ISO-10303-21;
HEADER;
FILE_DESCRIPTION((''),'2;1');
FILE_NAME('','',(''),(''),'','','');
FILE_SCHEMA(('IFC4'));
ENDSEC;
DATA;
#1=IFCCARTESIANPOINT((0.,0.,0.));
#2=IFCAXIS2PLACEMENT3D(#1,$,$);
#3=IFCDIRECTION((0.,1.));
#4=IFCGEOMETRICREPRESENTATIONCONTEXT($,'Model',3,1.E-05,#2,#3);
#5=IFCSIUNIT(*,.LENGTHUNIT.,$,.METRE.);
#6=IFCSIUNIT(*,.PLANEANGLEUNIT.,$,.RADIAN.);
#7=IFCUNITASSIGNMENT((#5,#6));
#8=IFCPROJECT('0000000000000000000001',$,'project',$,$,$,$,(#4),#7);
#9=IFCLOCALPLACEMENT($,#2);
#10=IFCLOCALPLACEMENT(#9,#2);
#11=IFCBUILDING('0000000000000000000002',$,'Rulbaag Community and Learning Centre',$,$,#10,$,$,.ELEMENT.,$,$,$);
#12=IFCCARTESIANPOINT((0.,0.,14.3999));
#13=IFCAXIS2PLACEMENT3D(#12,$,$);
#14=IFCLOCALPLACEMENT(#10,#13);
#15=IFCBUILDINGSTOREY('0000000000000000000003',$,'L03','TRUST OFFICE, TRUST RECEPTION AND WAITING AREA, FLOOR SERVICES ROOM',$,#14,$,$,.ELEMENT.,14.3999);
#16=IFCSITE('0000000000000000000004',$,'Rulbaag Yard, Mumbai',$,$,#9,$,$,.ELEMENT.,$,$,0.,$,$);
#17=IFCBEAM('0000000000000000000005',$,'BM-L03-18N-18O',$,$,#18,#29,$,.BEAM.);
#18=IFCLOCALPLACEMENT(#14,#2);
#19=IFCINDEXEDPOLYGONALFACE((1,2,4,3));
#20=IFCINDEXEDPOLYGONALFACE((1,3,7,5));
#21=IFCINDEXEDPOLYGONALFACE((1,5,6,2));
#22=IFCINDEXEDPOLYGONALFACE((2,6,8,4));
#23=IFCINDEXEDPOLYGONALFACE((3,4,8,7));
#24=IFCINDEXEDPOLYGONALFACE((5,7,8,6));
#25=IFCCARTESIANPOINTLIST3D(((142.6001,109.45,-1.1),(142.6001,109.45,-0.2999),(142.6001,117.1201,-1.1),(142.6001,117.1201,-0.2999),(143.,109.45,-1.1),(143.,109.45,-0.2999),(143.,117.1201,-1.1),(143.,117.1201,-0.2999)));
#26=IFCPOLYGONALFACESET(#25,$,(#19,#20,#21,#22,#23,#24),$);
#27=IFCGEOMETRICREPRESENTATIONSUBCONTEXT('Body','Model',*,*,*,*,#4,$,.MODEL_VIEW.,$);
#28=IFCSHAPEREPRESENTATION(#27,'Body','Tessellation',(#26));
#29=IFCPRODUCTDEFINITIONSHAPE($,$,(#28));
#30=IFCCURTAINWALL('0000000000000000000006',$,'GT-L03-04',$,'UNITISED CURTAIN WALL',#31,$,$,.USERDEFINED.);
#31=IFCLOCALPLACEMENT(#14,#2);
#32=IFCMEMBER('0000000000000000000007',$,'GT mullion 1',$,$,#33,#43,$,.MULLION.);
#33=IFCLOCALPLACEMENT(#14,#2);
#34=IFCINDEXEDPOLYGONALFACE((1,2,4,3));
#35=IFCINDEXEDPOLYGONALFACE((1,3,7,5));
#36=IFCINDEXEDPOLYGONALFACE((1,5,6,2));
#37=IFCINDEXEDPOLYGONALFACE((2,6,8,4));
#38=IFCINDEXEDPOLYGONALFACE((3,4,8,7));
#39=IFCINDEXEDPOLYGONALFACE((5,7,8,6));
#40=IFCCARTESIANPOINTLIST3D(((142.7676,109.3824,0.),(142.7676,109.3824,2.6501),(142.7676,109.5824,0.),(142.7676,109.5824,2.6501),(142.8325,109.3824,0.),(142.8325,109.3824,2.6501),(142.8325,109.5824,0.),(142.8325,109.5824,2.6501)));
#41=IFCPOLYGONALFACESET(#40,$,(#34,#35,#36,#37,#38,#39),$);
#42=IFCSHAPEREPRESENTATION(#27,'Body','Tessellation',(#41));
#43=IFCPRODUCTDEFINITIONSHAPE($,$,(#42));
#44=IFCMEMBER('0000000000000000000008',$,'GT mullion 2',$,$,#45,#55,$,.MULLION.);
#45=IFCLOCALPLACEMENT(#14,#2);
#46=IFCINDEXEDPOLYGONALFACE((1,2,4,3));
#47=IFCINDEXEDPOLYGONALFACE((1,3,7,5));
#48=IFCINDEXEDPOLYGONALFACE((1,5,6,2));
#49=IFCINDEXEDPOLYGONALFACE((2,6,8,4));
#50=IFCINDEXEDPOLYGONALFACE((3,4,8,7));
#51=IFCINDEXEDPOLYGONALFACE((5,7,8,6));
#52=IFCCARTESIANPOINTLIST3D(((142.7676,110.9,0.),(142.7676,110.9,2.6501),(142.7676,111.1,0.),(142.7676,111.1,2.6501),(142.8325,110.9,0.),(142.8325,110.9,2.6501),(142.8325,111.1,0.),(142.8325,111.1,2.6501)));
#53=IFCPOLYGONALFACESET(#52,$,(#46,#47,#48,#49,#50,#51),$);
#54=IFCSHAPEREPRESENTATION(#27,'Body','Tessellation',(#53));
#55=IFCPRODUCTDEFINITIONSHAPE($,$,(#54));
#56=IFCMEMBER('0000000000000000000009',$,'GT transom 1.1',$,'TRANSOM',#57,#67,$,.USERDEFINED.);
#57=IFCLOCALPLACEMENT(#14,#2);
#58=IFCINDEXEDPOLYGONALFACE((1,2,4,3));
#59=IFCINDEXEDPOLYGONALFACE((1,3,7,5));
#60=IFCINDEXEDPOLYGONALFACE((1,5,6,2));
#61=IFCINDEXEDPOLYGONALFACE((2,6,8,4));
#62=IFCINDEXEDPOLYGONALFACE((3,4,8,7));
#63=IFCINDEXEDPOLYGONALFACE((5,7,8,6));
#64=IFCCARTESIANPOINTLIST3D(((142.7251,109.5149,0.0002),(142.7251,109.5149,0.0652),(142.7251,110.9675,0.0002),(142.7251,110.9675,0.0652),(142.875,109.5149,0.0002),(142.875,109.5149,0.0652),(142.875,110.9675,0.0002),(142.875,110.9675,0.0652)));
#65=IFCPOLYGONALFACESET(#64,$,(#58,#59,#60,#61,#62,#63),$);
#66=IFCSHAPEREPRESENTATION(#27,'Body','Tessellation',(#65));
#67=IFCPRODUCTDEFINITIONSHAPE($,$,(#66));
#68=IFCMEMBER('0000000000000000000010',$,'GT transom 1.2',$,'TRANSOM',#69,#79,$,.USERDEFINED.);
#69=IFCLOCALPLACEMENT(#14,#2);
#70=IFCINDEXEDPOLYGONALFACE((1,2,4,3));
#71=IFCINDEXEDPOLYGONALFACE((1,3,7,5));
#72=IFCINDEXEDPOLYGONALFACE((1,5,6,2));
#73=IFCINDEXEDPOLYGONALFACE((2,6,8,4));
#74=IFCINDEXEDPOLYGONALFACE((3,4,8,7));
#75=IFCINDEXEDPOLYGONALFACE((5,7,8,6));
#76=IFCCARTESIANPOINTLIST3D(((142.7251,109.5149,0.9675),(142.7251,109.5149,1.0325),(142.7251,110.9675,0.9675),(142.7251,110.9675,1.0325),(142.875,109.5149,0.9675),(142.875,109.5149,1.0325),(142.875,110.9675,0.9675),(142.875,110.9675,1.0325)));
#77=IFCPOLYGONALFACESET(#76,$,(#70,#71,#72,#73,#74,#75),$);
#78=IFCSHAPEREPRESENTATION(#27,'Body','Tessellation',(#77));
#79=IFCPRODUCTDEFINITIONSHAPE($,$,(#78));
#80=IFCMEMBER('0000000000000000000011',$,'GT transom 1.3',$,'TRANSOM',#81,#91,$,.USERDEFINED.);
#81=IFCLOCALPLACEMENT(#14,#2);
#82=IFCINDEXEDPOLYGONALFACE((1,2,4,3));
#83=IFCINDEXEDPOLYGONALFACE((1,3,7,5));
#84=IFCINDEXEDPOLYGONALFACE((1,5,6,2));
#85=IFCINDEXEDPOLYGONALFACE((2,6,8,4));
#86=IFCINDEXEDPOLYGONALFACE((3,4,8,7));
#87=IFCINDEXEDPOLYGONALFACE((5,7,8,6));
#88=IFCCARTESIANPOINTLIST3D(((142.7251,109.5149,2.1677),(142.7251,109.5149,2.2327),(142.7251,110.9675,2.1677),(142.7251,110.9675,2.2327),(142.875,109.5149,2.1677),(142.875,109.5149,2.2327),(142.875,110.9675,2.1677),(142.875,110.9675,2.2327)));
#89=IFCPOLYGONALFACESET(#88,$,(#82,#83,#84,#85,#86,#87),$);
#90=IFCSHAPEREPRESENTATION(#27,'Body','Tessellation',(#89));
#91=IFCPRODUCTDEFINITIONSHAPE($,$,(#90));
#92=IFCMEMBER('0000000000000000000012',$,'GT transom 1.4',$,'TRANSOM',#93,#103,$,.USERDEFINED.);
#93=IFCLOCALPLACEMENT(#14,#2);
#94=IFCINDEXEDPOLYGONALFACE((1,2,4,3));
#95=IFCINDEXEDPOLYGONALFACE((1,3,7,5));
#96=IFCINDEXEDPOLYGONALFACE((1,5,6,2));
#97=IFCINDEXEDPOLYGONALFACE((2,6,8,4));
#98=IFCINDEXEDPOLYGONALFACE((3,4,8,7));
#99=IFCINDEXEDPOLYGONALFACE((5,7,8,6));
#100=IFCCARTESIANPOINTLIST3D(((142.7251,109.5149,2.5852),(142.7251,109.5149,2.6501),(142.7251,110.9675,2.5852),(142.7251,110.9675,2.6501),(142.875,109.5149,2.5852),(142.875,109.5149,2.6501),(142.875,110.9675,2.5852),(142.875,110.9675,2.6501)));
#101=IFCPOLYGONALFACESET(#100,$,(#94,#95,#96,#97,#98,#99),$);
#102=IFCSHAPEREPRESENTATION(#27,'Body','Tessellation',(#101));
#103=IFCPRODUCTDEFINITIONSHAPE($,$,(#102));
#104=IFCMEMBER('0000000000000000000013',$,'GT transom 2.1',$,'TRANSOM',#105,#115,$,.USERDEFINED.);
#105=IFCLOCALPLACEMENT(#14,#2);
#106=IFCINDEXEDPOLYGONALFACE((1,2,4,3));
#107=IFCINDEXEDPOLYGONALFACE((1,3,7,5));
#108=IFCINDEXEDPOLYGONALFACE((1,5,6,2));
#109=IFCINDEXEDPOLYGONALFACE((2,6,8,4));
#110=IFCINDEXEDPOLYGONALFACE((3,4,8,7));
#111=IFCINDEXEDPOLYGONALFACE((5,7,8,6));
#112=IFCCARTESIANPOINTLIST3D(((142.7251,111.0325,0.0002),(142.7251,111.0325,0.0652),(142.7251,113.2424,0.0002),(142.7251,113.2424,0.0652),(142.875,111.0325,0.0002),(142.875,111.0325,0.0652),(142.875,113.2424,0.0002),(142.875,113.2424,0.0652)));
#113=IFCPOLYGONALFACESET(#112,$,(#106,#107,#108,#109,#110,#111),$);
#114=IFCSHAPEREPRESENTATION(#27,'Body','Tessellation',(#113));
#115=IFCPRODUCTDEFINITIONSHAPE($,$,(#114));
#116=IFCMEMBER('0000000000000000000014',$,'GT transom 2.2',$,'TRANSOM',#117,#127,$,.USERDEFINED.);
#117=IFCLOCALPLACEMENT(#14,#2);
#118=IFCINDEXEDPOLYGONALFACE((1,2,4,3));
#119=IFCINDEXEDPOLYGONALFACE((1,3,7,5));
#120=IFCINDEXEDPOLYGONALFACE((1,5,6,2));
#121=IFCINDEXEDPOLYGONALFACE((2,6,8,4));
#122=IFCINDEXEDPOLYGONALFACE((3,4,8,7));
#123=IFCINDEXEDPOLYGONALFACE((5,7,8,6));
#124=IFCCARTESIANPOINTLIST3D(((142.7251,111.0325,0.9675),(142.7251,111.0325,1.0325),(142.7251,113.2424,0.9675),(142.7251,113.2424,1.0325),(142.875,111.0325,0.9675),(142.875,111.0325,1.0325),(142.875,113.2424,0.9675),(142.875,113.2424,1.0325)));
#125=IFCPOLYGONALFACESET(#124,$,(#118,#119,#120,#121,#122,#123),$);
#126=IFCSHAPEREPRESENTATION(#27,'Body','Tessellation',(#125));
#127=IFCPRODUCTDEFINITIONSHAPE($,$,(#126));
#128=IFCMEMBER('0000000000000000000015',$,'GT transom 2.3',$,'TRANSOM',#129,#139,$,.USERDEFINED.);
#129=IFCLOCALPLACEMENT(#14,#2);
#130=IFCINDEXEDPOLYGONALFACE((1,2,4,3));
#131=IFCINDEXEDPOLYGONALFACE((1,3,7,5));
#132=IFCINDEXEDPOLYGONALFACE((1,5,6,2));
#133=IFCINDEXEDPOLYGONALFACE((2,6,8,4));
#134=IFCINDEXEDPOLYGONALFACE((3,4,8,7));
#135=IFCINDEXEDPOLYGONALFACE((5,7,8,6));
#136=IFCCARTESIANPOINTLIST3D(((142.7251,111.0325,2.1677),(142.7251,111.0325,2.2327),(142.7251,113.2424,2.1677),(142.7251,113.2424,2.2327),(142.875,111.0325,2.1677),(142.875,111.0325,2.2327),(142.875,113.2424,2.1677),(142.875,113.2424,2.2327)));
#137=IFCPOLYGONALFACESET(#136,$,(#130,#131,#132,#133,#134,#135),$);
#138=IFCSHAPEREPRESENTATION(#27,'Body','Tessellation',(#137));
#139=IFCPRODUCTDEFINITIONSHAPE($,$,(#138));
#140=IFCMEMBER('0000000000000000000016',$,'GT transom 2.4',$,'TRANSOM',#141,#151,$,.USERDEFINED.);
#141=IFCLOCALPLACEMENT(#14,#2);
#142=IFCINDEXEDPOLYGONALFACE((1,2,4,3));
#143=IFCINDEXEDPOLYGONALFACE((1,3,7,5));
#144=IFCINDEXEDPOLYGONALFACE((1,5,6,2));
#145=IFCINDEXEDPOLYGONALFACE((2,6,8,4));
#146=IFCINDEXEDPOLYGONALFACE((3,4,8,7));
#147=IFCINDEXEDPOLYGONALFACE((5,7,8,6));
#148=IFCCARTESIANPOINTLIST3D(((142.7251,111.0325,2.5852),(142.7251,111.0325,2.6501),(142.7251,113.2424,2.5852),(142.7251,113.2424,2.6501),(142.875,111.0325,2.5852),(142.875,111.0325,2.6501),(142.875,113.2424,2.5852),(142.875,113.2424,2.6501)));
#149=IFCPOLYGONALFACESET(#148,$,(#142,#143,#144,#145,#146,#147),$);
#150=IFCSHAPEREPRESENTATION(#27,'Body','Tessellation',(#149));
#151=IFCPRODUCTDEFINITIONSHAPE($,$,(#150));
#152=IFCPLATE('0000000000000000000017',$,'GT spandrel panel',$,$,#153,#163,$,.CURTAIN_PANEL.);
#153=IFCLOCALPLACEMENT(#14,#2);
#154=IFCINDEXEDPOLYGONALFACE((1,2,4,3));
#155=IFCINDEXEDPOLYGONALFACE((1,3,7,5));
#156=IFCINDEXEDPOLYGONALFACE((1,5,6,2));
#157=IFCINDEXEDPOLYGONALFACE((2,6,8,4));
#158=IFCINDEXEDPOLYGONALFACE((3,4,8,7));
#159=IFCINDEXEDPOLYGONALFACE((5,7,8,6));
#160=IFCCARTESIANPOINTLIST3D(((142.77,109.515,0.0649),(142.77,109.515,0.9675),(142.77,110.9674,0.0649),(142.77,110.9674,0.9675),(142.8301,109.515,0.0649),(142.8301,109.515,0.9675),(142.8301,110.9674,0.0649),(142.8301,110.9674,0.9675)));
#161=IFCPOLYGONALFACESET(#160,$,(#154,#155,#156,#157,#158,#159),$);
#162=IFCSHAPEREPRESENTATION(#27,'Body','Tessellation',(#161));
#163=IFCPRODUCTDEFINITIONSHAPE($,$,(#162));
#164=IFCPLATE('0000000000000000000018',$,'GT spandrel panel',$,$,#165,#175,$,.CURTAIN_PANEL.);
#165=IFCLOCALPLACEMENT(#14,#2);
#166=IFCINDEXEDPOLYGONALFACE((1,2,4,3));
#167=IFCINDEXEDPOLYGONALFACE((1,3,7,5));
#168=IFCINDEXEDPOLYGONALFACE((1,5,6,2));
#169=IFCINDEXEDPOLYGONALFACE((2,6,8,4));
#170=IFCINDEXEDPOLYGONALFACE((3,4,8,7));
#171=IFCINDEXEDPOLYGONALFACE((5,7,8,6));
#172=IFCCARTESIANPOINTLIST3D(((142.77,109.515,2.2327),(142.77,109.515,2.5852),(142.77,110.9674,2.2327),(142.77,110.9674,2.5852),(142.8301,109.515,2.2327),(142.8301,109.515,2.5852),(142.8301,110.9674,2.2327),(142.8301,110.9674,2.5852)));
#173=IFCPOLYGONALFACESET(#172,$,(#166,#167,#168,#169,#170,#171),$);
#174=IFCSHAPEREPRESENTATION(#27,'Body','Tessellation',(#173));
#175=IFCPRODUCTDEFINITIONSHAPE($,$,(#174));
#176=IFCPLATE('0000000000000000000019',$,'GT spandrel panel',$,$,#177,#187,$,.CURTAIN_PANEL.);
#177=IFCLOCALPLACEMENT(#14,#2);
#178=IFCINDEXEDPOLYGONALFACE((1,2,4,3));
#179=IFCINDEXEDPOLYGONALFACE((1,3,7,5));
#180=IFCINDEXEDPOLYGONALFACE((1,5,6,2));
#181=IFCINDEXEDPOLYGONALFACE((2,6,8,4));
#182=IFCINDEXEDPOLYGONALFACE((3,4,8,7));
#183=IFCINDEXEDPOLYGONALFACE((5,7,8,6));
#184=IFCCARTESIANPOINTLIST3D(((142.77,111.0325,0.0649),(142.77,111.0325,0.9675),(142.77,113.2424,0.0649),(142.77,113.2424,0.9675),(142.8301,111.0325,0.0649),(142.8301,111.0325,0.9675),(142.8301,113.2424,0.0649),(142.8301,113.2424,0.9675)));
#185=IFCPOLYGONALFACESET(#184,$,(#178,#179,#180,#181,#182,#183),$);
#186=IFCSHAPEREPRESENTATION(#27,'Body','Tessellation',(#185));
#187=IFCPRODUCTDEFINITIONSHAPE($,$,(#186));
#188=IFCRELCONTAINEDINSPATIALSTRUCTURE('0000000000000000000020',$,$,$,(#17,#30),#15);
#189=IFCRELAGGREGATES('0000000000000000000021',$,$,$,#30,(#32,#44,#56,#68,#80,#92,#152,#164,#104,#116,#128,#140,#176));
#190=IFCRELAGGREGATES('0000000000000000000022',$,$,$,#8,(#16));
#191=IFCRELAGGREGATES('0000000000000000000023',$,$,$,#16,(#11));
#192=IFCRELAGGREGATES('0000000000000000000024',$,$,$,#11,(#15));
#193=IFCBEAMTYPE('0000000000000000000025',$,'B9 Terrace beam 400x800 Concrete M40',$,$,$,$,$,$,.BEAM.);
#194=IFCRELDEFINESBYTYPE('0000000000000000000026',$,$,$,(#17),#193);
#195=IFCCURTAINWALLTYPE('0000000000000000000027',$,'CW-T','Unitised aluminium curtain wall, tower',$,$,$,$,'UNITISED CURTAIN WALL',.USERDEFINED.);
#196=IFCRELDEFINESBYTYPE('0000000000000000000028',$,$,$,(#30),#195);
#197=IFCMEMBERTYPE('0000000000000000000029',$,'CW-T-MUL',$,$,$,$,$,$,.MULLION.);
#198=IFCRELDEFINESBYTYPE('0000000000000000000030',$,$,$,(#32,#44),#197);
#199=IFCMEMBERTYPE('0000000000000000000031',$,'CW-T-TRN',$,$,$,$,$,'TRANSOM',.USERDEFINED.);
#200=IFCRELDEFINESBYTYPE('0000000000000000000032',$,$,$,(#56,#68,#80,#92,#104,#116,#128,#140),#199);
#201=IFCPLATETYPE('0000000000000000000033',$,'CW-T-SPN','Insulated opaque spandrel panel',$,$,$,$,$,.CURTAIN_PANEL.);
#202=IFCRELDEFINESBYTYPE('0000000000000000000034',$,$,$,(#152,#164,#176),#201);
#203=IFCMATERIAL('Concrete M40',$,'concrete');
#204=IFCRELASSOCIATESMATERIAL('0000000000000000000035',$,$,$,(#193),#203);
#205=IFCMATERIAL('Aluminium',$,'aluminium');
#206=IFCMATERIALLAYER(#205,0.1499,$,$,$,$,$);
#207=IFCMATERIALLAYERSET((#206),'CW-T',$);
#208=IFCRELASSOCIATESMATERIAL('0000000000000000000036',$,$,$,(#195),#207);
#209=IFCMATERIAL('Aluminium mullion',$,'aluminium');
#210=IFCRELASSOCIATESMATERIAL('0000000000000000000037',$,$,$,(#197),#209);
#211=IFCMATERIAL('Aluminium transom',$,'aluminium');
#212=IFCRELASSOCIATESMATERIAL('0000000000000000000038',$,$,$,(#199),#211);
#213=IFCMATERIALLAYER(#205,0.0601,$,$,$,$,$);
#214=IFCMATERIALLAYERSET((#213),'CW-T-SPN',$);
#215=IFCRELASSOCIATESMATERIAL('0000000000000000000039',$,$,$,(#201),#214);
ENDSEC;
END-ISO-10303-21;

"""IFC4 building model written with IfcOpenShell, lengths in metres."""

from ifc_helpers import new_model, si_unit, direction, frame, origin, origin_2d, place, context, subcontext, project, spatial, rectangle, extrude, material, layer, layer_set, material_profile, profile_set, type_object, element, aggregate, save


model = new_model("IFC4")

# Units and contexts
model_context = context("Model", 3, precision=1e-05, world=origin(), true_north=direction((0.0, 1.0)))
body_context = subcontext(model_context, "Body", "Model", "MODEL_VIEW")
ifc_project = project(units=[si_unit("LENGTHUNIT", "METRE"), si_unit("PLANEANGLEUNIT", "RADIAN")], contexts=[model_context])

# Site, building, storey
site_placement = place(None, origin())
site = spatial("IfcSite", under=ifc_project, at=site_placement, Name="Rulbaag Yard, Mumbai", CompositionType="ELEMENT", RefElevation=0.0)
building_placement = place(site_placement, origin())
building = spatial("IfcBuilding", under=site, at=building_placement, Name="Rulbaag Community and Learning Centre", CompositionType="ELEMENT")
storey_placement = place(building_placement, frame((0.0, 0.0, 14.3999)))
storey = spatial("IfcBuildingStorey", under=building, at=storey_placement, Name="L03", Description="TRUST OFFICE, TRUST RECEPTION AND WAITING AREA, FLOOR SERVICES ROOM", CompositionType="ELEMENT", Elevation=14.3999)

# Beam
ifc_material_1 = material(Name="Concrete M40", Category="concrete")
ifc_material_profile_1 = material_profile(ifc_material_1, rectangle(XDim=0.3999, YDim=0.8, at=origin_2d()), Name="RB400x800")
ifc_profile_set_1 = profile_set([ifc_material_profile_1], Name="Concrete M40")
beam_type = type_object("IfcBeamType", Name="B9 Terrace beam 400x800 Concrete M40", PredefinedType="BEAM", material=ifc_profile_set_1)
beam_placement = place(storey_placement, frame((142.8, 109.45, -0.7), z_axis=(0.0, 1.0, 0.0), x_axis=(-1.0, 0.0, 0.0)))
element("IfcBeam", 1, at=beam_placement, inside=storey, type_object=beam_type, Name="BM-L03-18N-18O", PredefinedType="BEAM", context=body_context, shape_type="SweptSolid", body=[
    extrude(rectangle(XDim=0.3999, YDim=0.8, at=origin_2d()), origin(), (0.0, 0.0, 1.0), 7.6702),
])

# Curtain wall, members, plates
ifc_material_2 = material(Name="Aluminium", Category="aluminium")
ifc_layer_1 = layer(ifc_material_2, 0.1499)
ifc_layer_set_1 = layer_set([ifc_layer_1], Name="CW-T")
curtain_wall_type = type_object("IfcCurtainWallType", Name="CW-T", Description="Unitised aluminium curtain wall, tower", ElementType="UNITISED CURTAIN WALL", PredefinedType="USERDEFINED", material=ifc_layer_set_1)
curtain_wall_placement = place(storey_placement, origin())
curtain_wall = element("IfcCurtainWall", 2, at=curtain_wall_placement, inside=storey, type_object=curtain_wall_type, Name="GT-L03-04", ObjectType="UNITISED CURTAIN WALL", PredefinedType="USERDEFINED")
ifc_material_3 = material(Name="Aluminium mullion", Category="aluminium")
ifc_material_profile_2 = material_profile(ifc_material_3, rectangle(XDim=0.0649, YDim=0.2, at=origin_2d()), Name="AL 65x200")
ifc_profile_set_2 = profile_set([ifc_material_profile_2], Name="Aluminium mullion")
member_type_1 = type_object("IfcMemberType", Name="CW-T-MUL", PredefinedType="MULLION", material=ifc_profile_set_2)
member_1_placement = place(storey_placement, frame((142.8, 109.4824, 0.0), z_axis=(0.0, 0.0, 1.0), x_axis=(-1.0, 0.0, 0.0)))
member_1 = element("IfcMember", 3, at=member_1_placement, type_object=member_type_1, Name="GT mullion 1", PredefinedType="MULLION", context=body_context, shape_type="SweptSolid", body=[
    extrude(rectangle(XDim=0.0649, YDim=0.2, at=origin_2d()), origin(), (0.0, 0.0, 1.0), 2.6501),
])
member_2_placement = place(storey_placement, frame((142.8, 111.0, 0.0), z_axis=(0.0, 0.0, 1.0), x_axis=(-1.0, 0.0, 0.0)))
member_2 = element("IfcMember", 4, at=member_2_placement, type_object=member_type_1, Name="GT mullion 2", PredefinedType="MULLION", context=body_context, shape_type="SweptSolid", body=[
    extrude(rectangle(XDim=0.0649, YDim=0.2, at=origin_2d()), origin(), (0.0, 0.0, 1.0), 2.6501),
])
ifc_material_4 = material(Name="Aluminium transom", Category="aluminium")
ifc_material_profile_3 = material_profile(ifc_material_4, rectangle(XDim=0.1499, YDim=0.0649, at=origin_2d()), Name="AL 65x150 T")
ifc_profile_set_3 = profile_set([ifc_material_profile_3], Name="Aluminium transom")
member_type_2 = type_object("IfcMemberType", Name="CW-T-TRN", ElementType="TRANSOM", PredefinedType="USERDEFINED", material=ifc_profile_set_3)
member_3_placement = place(storey_placement, frame((142.8, 109.5149, 0.0327), z_axis=(0.0, 1.0, 0.0), x_axis=(-1.0, 0.0, 0.0)))
member_3 = element("IfcMember", 5, at=member_3_placement, type_object=member_type_2, Name="GT transom 1.1", ObjectType="TRANSOM", PredefinedType="USERDEFINED", context=body_context, shape_type="SweptSolid", body=[
    extrude(rectangle(XDim=0.1499, YDim=0.0649, at=origin_2d()), origin(), (0.0, 0.0, 1.0), 1.4526),
])
member_4_placement = place(storey_placement, frame((142.8, 109.5149, 1.0), z_axis=(0.0, 1.0, 0.0), x_axis=(-1.0, 0.0, 0.0)))
member_4 = element("IfcMember", 6, at=member_4_placement, type_object=member_type_2, Name="GT transom 1.2", ObjectType="TRANSOM", PredefinedType="USERDEFINED", context=body_context, shape_type="SweptSolid", body=[
    extrude(rectangle(XDim=0.1499, YDim=0.0649, at=origin_2d()), origin(), (0.0, 0.0, 1.0), 1.4526),
])
member_5_placement = place(storey_placement, frame((142.8, 109.5149, 2.2002), z_axis=(0.0, 1.0, 0.0), x_axis=(-1.0, 0.0, 0.0)))
member_5 = element("IfcMember", 7, at=member_5_placement, type_object=member_type_2, Name="GT transom 1.3", ObjectType="TRANSOM", PredefinedType="USERDEFINED", context=body_context, shape_type="SweptSolid", body=[
    extrude(rectangle(XDim=0.1499, YDim=0.0649, at=origin_2d()), origin(), (0.0, 0.0, 1.0), 1.4526),
])
member_6_placement = place(storey_placement, frame((142.8, 109.5149, 2.6177), z_axis=(0.0, 1.0, 0.0), x_axis=(-1.0, 0.0, 0.0)))
member_6 = element("IfcMember", 8, at=member_6_placement, type_object=member_type_2, Name="GT transom 1.4", ObjectType="TRANSOM", PredefinedType="USERDEFINED", context=body_context, shape_type="SweptSolid", body=[
    extrude(rectangle(XDim=0.1499, YDim=0.0649, at=origin_2d()), origin(), (0.0, 0.0, 1.0), 1.4526),
])
member_7_placement = place(storey_placement, frame((142.8, 111.0325, 0.0327), z_axis=(0.0, 1.0, 0.0), x_axis=(-1.0, 0.0, 0.0)))
member_7 = element("IfcMember", 9, at=member_7_placement, type_object=member_type_2, Name="GT transom 2.1", ObjectType="TRANSOM", PredefinedType="USERDEFINED", context=body_context, shape_type="SweptSolid", body=[
    extrude(rectangle(XDim=0.1499, YDim=0.0649, at=origin_2d()), origin(), (0.0, 0.0, 1.0), 2.21),
])
member_8_placement = place(storey_placement, frame((142.8, 111.0325, 1.0), z_axis=(0.0, 1.0, 0.0), x_axis=(-1.0, 0.0, 0.0)))
member_8 = element("IfcMember", 10, at=member_8_placement, type_object=member_type_2, Name="GT transom 2.2", ObjectType="TRANSOM", PredefinedType="USERDEFINED", context=body_context, shape_type="SweptSolid", body=[
    extrude(rectangle(XDim=0.1499, YDim=0.0649, at=origin_2d()), origin(), (0.0, 0.0, 1.0), 2.21),
])
member_9_placement = place(storey_placement, frame((142.8, 111.0325, 2.2002), z_axis=(0.0, 1.0, 0.0), x_axis=(-1.0, 0.0, 0.0)))
member_9 = element("IfcMember", 11, at=member_9_placement, type_object=member_type_2, Name="GT transom 2.3", ObjectType="TRANSOM", PredefinedType="USERDEFINED", context=body_context, shape_type="SweptSolid", body=[
    extrude(rectangle(XDim=0.1499, YDim=0.0649, at=origin_2d()), origin(), (0.0, 0.0, 1.0), 2.21),
])
member_10_placement = place(storey_placement, frame((142.8, 111.0325, 2.6177), z_axis=(0.0, 1.0, 0.0), x_axis=(-1.0, 0.0, 0.0)))
member_10 = element("IfcMember", 12, at=member_10_placement, type_object=member_type_2, Name="GT transom 2.4", ObjectType="TRANSOM", PredefinedType="USERDEFINED", context=body_context, shape_type="SweptSolid", body=[
    extrude(rectangle(XDim=0.1499, YDim=0.0649, at=origin_2d()), origin(), (0.0, 0.0, 1.0), 2.21),
])
ifc_layer_2 = layer(ifc_material_2, 0.0601)
ifc_layer_set_2 = layer_set([ifc_layer_2], Name="CW-T-SPN")
plate_type_1 = type_object("IfcPlateType", Name="CW-T-SPN", Description="Insulated opaque spandrel panel", PredefinedType="CURTAIN_PANEL", material=ifc_layer_set_2)
plate_1_placement = place(storey_placement, frame((142.8, 110.2412, 0.0649), z_axis=(0.0, 0.0, 1.0), x_axis=(0.0, 1.0, 0.0)))
plate_1 = element("IfcPlate", 13, at=plate_1_placement, type_object=plate_type_1, Name="GT spandrel panel", PredefinedType="CURTAIN_PANEL", context=body_context, shape_type="SweptSolid", body=[
    extrude(rectangle(XDim=1.4524, YDim=0.0601, at=origin_2d()), origin(), (0.0, 0.0, 1.0), 0.9026),
])
plate_2_placement = place(storey_placement, frame((142.8, 110.2412, 2.2327), z_axis=(0.0, 0.0, 1.0), x_axis=(0.0, 1.0, 0.0)))
plate_2 = element("IfcPlate", 14, at=plate_2_placement, type_object=plate_type_1, Name="GT spandrel panel", PredefinedType="CURTAIN_PANEL", context=body_context, shape_type="SweptSolid", body=[
    extrude(rectangle(XDim=1.4524, YDim=0.0601, at=origin_2d()), origin(), (0.0, 0.0, 1.0), 0.3525),
])
plate_3_placement = place(storey_placement, frame((142.8, 112.1375, 0.0649), z_axis=(0.0, 0.0, 1.0), x_axis=(0.0, 1.0, 0.0)))
plate_3 = element("IfcPlate", 15, at=plate_3_placement, type_object=plate_type_1, Name="GT spandrel panel", PredefinedType="CURTAIN_PANEL", context=body_context, shape_type="SweptSolid", body=[
    extrude(rectangle(XDim=2.21, YDim=0.0601, at=origin_2d()), origin(), (0.0, 0.0, 1.0), 0.9026),
])
aggregate(curtain_wall, [member_1, member_2, member_3, member_4, member_5, member_6, plate_1, plate_2, member_7, member_8, member_9, member_10, plate_3])

save(model, "model.ifc")
